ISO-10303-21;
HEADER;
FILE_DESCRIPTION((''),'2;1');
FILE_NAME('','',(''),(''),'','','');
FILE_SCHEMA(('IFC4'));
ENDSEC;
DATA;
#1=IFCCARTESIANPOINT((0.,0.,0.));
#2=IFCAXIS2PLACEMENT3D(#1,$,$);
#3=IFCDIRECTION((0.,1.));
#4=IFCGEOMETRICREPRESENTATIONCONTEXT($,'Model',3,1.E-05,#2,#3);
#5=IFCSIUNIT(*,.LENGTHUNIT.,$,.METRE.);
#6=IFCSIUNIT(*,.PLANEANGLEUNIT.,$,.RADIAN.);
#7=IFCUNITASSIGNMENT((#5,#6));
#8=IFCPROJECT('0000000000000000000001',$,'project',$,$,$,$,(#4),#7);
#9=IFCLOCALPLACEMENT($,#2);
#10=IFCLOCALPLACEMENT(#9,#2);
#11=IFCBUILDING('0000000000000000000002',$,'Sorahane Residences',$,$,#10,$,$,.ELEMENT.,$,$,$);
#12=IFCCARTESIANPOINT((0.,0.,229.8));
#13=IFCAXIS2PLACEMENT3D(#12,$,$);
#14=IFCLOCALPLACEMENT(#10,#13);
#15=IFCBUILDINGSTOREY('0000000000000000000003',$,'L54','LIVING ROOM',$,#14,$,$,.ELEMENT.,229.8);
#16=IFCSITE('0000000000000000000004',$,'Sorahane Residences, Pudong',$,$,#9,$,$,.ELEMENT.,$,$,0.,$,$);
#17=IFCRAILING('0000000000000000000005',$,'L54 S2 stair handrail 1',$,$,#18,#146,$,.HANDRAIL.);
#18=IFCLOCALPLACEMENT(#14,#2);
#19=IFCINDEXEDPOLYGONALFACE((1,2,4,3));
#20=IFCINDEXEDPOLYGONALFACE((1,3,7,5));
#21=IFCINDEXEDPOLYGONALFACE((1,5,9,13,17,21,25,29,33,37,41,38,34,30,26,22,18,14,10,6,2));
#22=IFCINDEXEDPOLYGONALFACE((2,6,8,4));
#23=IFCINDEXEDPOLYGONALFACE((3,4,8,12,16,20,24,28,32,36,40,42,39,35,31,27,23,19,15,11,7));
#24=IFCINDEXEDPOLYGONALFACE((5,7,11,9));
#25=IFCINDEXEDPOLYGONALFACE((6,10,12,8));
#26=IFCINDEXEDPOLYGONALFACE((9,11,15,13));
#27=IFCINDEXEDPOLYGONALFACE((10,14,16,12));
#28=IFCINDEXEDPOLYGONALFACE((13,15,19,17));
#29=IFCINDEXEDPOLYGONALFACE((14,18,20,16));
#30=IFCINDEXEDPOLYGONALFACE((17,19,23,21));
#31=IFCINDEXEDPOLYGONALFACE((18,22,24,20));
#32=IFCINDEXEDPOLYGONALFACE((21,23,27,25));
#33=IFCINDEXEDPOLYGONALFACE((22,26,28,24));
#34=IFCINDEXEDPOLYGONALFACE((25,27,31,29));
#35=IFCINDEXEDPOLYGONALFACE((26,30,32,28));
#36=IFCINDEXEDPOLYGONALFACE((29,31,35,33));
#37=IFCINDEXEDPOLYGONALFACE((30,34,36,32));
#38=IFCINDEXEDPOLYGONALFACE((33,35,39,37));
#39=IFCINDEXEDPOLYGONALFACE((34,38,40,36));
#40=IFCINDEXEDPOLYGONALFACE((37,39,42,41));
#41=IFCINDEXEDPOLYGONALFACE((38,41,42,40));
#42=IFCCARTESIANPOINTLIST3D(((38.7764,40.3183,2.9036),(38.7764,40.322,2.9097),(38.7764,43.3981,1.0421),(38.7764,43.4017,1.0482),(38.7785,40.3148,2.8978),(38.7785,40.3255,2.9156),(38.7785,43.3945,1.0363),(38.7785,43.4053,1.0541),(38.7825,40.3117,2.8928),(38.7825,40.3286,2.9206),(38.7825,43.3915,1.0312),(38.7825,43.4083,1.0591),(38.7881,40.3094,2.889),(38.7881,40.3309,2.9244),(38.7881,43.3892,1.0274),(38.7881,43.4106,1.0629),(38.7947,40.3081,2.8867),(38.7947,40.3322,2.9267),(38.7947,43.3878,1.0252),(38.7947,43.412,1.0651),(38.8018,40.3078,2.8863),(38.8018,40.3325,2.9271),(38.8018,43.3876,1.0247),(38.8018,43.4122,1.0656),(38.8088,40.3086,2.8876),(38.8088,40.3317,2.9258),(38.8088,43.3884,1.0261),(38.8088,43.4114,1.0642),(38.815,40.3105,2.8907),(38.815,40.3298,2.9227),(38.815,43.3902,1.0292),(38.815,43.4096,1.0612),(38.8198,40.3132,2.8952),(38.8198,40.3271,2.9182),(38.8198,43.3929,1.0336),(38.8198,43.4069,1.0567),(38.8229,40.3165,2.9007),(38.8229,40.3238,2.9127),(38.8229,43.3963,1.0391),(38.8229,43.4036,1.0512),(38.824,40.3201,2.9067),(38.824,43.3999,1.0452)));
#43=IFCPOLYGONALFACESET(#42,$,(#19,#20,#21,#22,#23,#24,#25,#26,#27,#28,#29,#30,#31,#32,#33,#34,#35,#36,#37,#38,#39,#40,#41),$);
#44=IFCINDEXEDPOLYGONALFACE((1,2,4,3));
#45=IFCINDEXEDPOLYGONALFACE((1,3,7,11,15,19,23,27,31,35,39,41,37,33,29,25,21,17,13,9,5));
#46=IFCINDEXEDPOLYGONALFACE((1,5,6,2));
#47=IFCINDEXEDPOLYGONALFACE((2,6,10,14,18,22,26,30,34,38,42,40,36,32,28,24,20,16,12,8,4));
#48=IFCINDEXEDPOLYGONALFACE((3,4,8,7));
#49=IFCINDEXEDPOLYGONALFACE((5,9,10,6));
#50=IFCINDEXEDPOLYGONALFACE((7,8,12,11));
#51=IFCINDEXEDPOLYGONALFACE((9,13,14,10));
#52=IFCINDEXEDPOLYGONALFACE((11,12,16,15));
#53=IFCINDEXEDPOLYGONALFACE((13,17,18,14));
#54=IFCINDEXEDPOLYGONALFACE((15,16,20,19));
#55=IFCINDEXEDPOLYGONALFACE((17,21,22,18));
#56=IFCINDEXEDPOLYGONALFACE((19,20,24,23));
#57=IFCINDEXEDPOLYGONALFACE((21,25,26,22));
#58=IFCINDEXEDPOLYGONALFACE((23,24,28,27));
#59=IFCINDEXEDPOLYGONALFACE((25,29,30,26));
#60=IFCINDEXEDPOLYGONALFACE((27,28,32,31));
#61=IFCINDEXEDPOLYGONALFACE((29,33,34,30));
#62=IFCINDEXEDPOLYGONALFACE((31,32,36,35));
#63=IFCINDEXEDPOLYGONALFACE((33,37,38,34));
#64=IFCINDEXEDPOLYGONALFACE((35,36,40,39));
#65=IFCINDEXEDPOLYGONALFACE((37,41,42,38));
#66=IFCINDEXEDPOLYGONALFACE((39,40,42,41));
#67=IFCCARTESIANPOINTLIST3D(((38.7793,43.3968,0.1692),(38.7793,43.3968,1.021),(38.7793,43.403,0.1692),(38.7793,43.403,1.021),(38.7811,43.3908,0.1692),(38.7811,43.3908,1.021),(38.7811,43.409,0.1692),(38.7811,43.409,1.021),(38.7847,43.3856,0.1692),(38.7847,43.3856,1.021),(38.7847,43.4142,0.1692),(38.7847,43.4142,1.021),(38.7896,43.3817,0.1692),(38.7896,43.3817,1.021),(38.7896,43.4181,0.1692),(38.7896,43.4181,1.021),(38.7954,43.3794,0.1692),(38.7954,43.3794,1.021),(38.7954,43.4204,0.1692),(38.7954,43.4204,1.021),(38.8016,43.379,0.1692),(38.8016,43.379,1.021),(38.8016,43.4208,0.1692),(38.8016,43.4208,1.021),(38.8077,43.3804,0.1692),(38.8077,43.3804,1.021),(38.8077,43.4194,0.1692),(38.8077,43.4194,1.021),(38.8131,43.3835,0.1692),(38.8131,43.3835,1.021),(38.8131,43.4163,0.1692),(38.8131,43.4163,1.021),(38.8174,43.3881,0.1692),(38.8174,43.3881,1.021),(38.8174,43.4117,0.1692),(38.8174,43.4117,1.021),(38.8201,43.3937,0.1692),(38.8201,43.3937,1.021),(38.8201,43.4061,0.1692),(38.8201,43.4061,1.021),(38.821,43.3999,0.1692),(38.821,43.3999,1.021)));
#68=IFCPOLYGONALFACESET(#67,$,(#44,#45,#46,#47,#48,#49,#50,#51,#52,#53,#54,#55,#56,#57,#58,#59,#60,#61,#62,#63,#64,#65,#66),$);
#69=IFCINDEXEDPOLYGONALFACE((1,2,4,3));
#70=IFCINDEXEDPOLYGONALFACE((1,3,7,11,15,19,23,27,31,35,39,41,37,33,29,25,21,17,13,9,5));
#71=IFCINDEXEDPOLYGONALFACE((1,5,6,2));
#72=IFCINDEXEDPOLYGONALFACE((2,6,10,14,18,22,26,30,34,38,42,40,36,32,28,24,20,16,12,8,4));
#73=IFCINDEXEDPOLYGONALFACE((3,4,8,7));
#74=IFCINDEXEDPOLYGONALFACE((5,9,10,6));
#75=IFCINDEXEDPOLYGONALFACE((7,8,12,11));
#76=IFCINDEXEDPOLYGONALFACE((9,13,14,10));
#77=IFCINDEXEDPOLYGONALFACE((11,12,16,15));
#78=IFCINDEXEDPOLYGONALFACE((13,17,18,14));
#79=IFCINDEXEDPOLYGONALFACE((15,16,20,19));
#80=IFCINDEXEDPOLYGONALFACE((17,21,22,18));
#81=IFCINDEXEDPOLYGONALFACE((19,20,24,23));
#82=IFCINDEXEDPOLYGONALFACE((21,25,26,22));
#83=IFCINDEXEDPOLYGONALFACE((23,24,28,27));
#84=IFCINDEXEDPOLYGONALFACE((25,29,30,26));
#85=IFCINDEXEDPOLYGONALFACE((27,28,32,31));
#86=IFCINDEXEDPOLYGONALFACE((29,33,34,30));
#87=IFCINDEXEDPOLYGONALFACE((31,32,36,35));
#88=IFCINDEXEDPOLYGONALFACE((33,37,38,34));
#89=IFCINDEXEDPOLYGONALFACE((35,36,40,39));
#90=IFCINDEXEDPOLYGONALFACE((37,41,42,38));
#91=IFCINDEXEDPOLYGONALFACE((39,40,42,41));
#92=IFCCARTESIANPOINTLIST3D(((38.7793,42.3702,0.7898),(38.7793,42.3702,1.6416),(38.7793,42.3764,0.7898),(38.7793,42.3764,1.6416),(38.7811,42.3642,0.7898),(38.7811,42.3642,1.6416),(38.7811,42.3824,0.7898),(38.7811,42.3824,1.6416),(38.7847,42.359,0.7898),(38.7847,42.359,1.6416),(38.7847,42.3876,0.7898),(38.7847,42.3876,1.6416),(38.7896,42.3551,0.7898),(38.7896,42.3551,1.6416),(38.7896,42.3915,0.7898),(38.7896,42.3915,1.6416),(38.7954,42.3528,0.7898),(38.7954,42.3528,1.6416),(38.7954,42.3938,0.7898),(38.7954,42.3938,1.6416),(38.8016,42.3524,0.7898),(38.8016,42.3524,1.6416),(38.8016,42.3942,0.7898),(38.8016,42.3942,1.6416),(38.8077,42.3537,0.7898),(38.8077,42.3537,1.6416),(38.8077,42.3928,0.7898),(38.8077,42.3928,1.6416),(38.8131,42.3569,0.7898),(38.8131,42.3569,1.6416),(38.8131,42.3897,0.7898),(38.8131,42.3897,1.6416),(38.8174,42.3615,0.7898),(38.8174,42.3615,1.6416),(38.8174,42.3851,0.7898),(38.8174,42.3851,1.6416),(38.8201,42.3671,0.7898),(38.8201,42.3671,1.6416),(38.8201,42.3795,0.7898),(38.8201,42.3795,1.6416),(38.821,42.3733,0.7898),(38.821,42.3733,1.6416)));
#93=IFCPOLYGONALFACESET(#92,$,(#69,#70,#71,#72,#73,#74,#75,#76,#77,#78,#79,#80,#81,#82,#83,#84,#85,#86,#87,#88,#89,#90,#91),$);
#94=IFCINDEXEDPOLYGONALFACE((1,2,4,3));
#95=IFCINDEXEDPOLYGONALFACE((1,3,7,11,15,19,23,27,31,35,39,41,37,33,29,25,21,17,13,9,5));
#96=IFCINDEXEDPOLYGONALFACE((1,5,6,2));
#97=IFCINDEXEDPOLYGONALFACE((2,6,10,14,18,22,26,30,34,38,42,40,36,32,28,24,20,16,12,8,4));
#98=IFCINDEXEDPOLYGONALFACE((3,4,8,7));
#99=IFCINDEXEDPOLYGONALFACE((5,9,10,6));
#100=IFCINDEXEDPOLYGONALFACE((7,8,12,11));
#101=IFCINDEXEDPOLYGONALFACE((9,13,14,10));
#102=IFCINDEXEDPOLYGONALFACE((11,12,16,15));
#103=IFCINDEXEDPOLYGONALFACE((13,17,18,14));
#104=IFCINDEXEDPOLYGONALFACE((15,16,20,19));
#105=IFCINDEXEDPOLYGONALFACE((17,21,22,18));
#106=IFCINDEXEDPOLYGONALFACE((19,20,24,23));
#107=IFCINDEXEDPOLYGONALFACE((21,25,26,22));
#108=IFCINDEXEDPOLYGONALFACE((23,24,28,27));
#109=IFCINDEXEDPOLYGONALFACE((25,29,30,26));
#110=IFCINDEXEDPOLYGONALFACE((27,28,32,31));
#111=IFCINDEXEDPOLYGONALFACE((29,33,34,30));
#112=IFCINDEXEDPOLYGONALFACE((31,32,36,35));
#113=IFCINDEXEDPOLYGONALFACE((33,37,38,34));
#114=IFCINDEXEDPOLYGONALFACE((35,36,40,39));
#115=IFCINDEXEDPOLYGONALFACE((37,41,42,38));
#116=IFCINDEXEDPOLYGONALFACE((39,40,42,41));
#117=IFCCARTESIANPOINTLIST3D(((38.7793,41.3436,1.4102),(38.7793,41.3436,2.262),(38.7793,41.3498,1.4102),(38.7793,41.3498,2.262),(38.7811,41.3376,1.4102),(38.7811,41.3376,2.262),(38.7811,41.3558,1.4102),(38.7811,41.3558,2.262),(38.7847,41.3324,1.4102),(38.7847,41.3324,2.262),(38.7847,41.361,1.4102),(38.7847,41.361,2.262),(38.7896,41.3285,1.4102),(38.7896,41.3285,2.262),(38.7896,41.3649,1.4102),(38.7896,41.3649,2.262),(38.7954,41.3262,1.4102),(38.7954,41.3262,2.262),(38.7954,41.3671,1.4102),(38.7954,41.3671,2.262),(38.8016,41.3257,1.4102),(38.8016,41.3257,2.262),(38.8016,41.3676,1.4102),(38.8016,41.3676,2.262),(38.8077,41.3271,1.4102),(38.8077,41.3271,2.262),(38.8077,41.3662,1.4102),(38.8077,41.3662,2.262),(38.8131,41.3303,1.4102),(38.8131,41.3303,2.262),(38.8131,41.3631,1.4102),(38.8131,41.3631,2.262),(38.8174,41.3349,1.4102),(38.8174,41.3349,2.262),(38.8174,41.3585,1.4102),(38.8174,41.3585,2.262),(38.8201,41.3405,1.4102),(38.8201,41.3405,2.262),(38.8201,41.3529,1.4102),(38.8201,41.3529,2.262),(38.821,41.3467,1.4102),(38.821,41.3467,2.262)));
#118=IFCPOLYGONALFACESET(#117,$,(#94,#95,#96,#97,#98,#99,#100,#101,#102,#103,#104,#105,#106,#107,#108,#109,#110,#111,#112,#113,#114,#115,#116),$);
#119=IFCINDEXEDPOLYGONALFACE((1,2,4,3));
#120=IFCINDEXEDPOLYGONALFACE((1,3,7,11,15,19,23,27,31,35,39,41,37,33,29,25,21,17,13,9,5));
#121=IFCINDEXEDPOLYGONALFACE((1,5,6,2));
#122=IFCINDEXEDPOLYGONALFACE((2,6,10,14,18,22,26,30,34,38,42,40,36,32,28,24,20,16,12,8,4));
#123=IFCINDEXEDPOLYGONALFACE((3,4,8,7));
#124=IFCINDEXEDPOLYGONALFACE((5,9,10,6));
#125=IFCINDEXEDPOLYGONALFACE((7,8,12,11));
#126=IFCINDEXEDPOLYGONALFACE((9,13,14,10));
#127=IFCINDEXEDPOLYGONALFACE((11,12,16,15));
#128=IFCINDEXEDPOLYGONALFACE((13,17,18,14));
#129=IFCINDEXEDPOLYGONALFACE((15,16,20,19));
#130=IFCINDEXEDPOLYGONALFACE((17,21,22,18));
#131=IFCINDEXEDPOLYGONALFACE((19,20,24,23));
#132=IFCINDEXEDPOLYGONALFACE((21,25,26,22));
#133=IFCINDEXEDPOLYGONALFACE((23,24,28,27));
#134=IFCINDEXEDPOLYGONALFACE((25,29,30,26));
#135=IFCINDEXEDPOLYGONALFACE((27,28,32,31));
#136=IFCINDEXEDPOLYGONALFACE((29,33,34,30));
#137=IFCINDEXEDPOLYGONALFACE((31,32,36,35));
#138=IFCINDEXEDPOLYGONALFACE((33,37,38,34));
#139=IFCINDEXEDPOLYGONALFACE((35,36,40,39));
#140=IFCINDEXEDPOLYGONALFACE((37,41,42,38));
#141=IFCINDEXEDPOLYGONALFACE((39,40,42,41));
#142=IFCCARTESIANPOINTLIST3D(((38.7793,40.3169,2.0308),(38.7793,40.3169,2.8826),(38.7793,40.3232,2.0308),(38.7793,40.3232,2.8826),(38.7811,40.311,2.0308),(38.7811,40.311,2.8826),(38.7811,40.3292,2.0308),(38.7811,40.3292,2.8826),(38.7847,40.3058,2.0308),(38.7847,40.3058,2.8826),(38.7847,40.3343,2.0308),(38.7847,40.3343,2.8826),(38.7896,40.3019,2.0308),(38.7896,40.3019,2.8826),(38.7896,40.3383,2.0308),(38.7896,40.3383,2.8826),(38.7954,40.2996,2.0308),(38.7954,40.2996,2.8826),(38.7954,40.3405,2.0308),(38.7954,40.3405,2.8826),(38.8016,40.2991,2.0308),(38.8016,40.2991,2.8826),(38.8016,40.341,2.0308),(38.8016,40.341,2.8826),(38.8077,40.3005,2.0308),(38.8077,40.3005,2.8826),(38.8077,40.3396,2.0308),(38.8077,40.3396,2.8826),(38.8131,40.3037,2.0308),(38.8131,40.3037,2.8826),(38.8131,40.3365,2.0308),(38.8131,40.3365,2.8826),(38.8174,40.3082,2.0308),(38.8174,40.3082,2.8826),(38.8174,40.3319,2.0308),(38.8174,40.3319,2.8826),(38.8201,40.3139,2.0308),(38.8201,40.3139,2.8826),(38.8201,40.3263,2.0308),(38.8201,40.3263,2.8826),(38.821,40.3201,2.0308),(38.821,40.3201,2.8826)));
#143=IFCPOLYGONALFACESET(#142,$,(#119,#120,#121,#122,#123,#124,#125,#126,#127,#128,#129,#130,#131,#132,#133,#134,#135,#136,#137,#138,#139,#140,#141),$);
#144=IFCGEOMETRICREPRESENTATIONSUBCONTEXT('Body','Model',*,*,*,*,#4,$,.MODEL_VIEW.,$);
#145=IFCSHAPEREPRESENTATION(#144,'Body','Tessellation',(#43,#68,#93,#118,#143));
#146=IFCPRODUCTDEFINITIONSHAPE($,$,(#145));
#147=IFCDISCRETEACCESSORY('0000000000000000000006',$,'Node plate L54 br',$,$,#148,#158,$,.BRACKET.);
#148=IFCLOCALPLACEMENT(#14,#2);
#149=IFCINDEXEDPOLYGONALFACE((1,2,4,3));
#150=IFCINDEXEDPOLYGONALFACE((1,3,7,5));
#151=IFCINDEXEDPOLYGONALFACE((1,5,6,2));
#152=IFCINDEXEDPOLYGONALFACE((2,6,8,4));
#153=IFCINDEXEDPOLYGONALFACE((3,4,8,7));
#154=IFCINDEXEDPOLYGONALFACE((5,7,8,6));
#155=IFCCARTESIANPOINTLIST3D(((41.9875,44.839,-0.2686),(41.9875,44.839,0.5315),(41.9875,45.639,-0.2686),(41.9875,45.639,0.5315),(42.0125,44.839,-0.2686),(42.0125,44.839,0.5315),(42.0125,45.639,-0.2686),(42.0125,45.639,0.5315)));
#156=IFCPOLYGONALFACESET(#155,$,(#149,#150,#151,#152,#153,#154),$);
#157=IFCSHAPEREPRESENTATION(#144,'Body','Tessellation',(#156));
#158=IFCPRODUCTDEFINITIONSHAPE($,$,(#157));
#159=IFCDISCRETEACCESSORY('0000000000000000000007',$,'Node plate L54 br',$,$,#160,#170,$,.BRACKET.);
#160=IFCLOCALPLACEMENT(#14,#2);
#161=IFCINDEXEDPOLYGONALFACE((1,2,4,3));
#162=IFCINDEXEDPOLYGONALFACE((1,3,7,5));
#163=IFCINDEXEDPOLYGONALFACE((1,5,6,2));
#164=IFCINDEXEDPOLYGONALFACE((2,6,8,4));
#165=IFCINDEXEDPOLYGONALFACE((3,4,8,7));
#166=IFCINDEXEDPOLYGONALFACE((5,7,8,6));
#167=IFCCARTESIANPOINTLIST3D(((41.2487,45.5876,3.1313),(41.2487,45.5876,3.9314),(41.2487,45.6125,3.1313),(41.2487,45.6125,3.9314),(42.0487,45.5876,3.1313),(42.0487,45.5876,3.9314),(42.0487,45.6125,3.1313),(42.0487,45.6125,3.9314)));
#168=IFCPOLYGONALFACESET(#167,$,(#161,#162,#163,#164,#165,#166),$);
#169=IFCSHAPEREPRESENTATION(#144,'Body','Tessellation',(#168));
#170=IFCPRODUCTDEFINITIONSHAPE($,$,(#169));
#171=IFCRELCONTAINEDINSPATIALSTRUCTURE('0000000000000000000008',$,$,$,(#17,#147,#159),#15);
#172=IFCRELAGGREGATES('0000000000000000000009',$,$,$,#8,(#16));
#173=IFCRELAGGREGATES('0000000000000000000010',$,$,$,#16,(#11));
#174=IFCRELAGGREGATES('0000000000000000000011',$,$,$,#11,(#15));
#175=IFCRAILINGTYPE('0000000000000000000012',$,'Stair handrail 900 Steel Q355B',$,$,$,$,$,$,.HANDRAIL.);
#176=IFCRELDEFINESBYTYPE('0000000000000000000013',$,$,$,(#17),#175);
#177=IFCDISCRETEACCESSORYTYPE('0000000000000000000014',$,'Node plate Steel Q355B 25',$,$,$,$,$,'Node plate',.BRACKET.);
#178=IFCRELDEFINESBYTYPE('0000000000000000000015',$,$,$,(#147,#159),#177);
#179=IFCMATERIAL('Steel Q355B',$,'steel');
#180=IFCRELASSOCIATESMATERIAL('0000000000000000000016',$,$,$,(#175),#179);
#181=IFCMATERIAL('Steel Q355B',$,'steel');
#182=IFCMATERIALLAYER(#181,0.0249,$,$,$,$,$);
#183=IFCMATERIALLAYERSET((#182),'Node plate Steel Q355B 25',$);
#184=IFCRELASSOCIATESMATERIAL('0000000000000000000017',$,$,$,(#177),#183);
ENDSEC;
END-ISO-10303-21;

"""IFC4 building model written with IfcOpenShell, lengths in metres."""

from ifc_helpers import new_model, si_unit, direction, frame, origin, origin_2d, place, context, subcontext, project, spatial, rectangle, circle, extrude, material, layer, layer_set, type_object, element, save


model = new_model("IFC4")

# Units and contexts
model_context = context("Model", 3, precision=1e-05, world=origin(), true_north=direction((0.0, 1.0)))
body_context = subcontext(model_context, "Body", "Model", "MODEL_VIEW")
ifc_project = project(units=[si_unit("LENGTHUNIT", "METRE"), si_unit("PLANEANGLEUNIT", "RADIAN")], contexts=[model_context])

# Site, building, storey
site_placement = place(None, origin())
site = spatial("IfcSite", under=ifc_project, at=site_placement, Name="Sorahane Residences, Pudong", CompositionType="ELEMENT", RefElevation=0.0)
building_placement = place(site_placement, origin())
building = spatial("IfcBuilding", under=site, at=building_placement, Name="Sorahane Residences", CompositionType="ELEMENT")
storey_placement = place(building_placement, frame((0.0, 0.0, 229.8)))
storey = spatial("IfcBuildingStorey", under=building, at=storey_placement, Name="L54", Description="LIVING ROOM", CompositionType="ELEMENT", Elevation=229.8)

# Railing
ifc_material_1 = material(Name="Steel Q355B", Category="steel")
railing_type_1 = type_object("IfcRailingType", Name="Stair handrail 900 Steel Q355B", PredefinedType="HANDRAIL", material=ifc_material_1)
railing_1_placement = place(storey_placement, frame((38.8, 43.3999, 0.1692)))
element("IfcRailing", 1, at=railing_1_placement, inside=storey, type_object=railing_type_1, Name="L54 S2 stair handrail 1", PredefinedType="HANDRAIL", context=body_context, shape_type="SweptSolid", body=[
    extrude(circle(Radius=0.0239, at=origin_2d()), frame((0.0, 0.0, 0.876), z_axis=(0.0, -0.855812, 0.517286), x_axis=(1.0, 0.0, 0.0)), (0.0, 0.0, 1.0), 3.5986),
    extrude(circle(Radius=0.021, at=origin_2d()), origin(), (0.0, 0.0, 1.0), 0.8518),
    extrude(circle(Radius=0.021, at=origin_2d()), frame((0.0, -1.0266, 0.6206)), (0.0, 0.0, 1.0), 0.8518),
    extrude(circle(Radius=0.021, at=origin_2d()), frame((0.0, -2.0532, 1.241)), (0.0, 0.0, 1.0), 0.8518),
    extrude(circle(Radius=0.021, at=origin_2d()), frame((0.0, -3.0798, 1.8616)), (0.0, 0.0, 1.0), 0.8518),
])

# Discrete accessories
ifc_material_2 = material(Name="Steel Q355B", Category="steel")
ifc_layer_1 = layer(ifc_material_2, 0.0249)
ifc_layer_set_1 = layer_set([ifc_layer_1], Name="Node plate Steel Q355B 25")
discrete_accessory_type = type_object("IfcDiscreteAccessoryType", Name="Node plate Steel Q355B 25", ElementType="Node plate", PredefinedType="BRACKET", material=ifc_layer_set_1)
for number, where, z_axis, x_axis, name in (
    (2, (42.0, 45.239, -0.2686), (0.0, 0.0, 1.0), (0.0, 1.0, 0.0), "Node plate L54 br"),
    (3, (41.6487, 45.6001, 3.1313), (0.0, 0.0, 1.0), (1.0, 0.0, 0.0), "Node plate L54 br"),
):
    element("IfcDiscreteAccessory", number, at=place(storey_placement, frame(where, z_axis=z_axis, x_axis=x_axis)), inside=storey, type_object=discrete_accessory_type, Name=name, PredefinedType="BRACKET", context=body_context, shape_type="SweptSolid", body=[
        extrude(rectangle(XDim=0.8, YDim=0.0249, at=origin_2d()), origin(), (0.0, 0.0, 1.0), 0.8),
    ])

save(model, "model.ifc")
